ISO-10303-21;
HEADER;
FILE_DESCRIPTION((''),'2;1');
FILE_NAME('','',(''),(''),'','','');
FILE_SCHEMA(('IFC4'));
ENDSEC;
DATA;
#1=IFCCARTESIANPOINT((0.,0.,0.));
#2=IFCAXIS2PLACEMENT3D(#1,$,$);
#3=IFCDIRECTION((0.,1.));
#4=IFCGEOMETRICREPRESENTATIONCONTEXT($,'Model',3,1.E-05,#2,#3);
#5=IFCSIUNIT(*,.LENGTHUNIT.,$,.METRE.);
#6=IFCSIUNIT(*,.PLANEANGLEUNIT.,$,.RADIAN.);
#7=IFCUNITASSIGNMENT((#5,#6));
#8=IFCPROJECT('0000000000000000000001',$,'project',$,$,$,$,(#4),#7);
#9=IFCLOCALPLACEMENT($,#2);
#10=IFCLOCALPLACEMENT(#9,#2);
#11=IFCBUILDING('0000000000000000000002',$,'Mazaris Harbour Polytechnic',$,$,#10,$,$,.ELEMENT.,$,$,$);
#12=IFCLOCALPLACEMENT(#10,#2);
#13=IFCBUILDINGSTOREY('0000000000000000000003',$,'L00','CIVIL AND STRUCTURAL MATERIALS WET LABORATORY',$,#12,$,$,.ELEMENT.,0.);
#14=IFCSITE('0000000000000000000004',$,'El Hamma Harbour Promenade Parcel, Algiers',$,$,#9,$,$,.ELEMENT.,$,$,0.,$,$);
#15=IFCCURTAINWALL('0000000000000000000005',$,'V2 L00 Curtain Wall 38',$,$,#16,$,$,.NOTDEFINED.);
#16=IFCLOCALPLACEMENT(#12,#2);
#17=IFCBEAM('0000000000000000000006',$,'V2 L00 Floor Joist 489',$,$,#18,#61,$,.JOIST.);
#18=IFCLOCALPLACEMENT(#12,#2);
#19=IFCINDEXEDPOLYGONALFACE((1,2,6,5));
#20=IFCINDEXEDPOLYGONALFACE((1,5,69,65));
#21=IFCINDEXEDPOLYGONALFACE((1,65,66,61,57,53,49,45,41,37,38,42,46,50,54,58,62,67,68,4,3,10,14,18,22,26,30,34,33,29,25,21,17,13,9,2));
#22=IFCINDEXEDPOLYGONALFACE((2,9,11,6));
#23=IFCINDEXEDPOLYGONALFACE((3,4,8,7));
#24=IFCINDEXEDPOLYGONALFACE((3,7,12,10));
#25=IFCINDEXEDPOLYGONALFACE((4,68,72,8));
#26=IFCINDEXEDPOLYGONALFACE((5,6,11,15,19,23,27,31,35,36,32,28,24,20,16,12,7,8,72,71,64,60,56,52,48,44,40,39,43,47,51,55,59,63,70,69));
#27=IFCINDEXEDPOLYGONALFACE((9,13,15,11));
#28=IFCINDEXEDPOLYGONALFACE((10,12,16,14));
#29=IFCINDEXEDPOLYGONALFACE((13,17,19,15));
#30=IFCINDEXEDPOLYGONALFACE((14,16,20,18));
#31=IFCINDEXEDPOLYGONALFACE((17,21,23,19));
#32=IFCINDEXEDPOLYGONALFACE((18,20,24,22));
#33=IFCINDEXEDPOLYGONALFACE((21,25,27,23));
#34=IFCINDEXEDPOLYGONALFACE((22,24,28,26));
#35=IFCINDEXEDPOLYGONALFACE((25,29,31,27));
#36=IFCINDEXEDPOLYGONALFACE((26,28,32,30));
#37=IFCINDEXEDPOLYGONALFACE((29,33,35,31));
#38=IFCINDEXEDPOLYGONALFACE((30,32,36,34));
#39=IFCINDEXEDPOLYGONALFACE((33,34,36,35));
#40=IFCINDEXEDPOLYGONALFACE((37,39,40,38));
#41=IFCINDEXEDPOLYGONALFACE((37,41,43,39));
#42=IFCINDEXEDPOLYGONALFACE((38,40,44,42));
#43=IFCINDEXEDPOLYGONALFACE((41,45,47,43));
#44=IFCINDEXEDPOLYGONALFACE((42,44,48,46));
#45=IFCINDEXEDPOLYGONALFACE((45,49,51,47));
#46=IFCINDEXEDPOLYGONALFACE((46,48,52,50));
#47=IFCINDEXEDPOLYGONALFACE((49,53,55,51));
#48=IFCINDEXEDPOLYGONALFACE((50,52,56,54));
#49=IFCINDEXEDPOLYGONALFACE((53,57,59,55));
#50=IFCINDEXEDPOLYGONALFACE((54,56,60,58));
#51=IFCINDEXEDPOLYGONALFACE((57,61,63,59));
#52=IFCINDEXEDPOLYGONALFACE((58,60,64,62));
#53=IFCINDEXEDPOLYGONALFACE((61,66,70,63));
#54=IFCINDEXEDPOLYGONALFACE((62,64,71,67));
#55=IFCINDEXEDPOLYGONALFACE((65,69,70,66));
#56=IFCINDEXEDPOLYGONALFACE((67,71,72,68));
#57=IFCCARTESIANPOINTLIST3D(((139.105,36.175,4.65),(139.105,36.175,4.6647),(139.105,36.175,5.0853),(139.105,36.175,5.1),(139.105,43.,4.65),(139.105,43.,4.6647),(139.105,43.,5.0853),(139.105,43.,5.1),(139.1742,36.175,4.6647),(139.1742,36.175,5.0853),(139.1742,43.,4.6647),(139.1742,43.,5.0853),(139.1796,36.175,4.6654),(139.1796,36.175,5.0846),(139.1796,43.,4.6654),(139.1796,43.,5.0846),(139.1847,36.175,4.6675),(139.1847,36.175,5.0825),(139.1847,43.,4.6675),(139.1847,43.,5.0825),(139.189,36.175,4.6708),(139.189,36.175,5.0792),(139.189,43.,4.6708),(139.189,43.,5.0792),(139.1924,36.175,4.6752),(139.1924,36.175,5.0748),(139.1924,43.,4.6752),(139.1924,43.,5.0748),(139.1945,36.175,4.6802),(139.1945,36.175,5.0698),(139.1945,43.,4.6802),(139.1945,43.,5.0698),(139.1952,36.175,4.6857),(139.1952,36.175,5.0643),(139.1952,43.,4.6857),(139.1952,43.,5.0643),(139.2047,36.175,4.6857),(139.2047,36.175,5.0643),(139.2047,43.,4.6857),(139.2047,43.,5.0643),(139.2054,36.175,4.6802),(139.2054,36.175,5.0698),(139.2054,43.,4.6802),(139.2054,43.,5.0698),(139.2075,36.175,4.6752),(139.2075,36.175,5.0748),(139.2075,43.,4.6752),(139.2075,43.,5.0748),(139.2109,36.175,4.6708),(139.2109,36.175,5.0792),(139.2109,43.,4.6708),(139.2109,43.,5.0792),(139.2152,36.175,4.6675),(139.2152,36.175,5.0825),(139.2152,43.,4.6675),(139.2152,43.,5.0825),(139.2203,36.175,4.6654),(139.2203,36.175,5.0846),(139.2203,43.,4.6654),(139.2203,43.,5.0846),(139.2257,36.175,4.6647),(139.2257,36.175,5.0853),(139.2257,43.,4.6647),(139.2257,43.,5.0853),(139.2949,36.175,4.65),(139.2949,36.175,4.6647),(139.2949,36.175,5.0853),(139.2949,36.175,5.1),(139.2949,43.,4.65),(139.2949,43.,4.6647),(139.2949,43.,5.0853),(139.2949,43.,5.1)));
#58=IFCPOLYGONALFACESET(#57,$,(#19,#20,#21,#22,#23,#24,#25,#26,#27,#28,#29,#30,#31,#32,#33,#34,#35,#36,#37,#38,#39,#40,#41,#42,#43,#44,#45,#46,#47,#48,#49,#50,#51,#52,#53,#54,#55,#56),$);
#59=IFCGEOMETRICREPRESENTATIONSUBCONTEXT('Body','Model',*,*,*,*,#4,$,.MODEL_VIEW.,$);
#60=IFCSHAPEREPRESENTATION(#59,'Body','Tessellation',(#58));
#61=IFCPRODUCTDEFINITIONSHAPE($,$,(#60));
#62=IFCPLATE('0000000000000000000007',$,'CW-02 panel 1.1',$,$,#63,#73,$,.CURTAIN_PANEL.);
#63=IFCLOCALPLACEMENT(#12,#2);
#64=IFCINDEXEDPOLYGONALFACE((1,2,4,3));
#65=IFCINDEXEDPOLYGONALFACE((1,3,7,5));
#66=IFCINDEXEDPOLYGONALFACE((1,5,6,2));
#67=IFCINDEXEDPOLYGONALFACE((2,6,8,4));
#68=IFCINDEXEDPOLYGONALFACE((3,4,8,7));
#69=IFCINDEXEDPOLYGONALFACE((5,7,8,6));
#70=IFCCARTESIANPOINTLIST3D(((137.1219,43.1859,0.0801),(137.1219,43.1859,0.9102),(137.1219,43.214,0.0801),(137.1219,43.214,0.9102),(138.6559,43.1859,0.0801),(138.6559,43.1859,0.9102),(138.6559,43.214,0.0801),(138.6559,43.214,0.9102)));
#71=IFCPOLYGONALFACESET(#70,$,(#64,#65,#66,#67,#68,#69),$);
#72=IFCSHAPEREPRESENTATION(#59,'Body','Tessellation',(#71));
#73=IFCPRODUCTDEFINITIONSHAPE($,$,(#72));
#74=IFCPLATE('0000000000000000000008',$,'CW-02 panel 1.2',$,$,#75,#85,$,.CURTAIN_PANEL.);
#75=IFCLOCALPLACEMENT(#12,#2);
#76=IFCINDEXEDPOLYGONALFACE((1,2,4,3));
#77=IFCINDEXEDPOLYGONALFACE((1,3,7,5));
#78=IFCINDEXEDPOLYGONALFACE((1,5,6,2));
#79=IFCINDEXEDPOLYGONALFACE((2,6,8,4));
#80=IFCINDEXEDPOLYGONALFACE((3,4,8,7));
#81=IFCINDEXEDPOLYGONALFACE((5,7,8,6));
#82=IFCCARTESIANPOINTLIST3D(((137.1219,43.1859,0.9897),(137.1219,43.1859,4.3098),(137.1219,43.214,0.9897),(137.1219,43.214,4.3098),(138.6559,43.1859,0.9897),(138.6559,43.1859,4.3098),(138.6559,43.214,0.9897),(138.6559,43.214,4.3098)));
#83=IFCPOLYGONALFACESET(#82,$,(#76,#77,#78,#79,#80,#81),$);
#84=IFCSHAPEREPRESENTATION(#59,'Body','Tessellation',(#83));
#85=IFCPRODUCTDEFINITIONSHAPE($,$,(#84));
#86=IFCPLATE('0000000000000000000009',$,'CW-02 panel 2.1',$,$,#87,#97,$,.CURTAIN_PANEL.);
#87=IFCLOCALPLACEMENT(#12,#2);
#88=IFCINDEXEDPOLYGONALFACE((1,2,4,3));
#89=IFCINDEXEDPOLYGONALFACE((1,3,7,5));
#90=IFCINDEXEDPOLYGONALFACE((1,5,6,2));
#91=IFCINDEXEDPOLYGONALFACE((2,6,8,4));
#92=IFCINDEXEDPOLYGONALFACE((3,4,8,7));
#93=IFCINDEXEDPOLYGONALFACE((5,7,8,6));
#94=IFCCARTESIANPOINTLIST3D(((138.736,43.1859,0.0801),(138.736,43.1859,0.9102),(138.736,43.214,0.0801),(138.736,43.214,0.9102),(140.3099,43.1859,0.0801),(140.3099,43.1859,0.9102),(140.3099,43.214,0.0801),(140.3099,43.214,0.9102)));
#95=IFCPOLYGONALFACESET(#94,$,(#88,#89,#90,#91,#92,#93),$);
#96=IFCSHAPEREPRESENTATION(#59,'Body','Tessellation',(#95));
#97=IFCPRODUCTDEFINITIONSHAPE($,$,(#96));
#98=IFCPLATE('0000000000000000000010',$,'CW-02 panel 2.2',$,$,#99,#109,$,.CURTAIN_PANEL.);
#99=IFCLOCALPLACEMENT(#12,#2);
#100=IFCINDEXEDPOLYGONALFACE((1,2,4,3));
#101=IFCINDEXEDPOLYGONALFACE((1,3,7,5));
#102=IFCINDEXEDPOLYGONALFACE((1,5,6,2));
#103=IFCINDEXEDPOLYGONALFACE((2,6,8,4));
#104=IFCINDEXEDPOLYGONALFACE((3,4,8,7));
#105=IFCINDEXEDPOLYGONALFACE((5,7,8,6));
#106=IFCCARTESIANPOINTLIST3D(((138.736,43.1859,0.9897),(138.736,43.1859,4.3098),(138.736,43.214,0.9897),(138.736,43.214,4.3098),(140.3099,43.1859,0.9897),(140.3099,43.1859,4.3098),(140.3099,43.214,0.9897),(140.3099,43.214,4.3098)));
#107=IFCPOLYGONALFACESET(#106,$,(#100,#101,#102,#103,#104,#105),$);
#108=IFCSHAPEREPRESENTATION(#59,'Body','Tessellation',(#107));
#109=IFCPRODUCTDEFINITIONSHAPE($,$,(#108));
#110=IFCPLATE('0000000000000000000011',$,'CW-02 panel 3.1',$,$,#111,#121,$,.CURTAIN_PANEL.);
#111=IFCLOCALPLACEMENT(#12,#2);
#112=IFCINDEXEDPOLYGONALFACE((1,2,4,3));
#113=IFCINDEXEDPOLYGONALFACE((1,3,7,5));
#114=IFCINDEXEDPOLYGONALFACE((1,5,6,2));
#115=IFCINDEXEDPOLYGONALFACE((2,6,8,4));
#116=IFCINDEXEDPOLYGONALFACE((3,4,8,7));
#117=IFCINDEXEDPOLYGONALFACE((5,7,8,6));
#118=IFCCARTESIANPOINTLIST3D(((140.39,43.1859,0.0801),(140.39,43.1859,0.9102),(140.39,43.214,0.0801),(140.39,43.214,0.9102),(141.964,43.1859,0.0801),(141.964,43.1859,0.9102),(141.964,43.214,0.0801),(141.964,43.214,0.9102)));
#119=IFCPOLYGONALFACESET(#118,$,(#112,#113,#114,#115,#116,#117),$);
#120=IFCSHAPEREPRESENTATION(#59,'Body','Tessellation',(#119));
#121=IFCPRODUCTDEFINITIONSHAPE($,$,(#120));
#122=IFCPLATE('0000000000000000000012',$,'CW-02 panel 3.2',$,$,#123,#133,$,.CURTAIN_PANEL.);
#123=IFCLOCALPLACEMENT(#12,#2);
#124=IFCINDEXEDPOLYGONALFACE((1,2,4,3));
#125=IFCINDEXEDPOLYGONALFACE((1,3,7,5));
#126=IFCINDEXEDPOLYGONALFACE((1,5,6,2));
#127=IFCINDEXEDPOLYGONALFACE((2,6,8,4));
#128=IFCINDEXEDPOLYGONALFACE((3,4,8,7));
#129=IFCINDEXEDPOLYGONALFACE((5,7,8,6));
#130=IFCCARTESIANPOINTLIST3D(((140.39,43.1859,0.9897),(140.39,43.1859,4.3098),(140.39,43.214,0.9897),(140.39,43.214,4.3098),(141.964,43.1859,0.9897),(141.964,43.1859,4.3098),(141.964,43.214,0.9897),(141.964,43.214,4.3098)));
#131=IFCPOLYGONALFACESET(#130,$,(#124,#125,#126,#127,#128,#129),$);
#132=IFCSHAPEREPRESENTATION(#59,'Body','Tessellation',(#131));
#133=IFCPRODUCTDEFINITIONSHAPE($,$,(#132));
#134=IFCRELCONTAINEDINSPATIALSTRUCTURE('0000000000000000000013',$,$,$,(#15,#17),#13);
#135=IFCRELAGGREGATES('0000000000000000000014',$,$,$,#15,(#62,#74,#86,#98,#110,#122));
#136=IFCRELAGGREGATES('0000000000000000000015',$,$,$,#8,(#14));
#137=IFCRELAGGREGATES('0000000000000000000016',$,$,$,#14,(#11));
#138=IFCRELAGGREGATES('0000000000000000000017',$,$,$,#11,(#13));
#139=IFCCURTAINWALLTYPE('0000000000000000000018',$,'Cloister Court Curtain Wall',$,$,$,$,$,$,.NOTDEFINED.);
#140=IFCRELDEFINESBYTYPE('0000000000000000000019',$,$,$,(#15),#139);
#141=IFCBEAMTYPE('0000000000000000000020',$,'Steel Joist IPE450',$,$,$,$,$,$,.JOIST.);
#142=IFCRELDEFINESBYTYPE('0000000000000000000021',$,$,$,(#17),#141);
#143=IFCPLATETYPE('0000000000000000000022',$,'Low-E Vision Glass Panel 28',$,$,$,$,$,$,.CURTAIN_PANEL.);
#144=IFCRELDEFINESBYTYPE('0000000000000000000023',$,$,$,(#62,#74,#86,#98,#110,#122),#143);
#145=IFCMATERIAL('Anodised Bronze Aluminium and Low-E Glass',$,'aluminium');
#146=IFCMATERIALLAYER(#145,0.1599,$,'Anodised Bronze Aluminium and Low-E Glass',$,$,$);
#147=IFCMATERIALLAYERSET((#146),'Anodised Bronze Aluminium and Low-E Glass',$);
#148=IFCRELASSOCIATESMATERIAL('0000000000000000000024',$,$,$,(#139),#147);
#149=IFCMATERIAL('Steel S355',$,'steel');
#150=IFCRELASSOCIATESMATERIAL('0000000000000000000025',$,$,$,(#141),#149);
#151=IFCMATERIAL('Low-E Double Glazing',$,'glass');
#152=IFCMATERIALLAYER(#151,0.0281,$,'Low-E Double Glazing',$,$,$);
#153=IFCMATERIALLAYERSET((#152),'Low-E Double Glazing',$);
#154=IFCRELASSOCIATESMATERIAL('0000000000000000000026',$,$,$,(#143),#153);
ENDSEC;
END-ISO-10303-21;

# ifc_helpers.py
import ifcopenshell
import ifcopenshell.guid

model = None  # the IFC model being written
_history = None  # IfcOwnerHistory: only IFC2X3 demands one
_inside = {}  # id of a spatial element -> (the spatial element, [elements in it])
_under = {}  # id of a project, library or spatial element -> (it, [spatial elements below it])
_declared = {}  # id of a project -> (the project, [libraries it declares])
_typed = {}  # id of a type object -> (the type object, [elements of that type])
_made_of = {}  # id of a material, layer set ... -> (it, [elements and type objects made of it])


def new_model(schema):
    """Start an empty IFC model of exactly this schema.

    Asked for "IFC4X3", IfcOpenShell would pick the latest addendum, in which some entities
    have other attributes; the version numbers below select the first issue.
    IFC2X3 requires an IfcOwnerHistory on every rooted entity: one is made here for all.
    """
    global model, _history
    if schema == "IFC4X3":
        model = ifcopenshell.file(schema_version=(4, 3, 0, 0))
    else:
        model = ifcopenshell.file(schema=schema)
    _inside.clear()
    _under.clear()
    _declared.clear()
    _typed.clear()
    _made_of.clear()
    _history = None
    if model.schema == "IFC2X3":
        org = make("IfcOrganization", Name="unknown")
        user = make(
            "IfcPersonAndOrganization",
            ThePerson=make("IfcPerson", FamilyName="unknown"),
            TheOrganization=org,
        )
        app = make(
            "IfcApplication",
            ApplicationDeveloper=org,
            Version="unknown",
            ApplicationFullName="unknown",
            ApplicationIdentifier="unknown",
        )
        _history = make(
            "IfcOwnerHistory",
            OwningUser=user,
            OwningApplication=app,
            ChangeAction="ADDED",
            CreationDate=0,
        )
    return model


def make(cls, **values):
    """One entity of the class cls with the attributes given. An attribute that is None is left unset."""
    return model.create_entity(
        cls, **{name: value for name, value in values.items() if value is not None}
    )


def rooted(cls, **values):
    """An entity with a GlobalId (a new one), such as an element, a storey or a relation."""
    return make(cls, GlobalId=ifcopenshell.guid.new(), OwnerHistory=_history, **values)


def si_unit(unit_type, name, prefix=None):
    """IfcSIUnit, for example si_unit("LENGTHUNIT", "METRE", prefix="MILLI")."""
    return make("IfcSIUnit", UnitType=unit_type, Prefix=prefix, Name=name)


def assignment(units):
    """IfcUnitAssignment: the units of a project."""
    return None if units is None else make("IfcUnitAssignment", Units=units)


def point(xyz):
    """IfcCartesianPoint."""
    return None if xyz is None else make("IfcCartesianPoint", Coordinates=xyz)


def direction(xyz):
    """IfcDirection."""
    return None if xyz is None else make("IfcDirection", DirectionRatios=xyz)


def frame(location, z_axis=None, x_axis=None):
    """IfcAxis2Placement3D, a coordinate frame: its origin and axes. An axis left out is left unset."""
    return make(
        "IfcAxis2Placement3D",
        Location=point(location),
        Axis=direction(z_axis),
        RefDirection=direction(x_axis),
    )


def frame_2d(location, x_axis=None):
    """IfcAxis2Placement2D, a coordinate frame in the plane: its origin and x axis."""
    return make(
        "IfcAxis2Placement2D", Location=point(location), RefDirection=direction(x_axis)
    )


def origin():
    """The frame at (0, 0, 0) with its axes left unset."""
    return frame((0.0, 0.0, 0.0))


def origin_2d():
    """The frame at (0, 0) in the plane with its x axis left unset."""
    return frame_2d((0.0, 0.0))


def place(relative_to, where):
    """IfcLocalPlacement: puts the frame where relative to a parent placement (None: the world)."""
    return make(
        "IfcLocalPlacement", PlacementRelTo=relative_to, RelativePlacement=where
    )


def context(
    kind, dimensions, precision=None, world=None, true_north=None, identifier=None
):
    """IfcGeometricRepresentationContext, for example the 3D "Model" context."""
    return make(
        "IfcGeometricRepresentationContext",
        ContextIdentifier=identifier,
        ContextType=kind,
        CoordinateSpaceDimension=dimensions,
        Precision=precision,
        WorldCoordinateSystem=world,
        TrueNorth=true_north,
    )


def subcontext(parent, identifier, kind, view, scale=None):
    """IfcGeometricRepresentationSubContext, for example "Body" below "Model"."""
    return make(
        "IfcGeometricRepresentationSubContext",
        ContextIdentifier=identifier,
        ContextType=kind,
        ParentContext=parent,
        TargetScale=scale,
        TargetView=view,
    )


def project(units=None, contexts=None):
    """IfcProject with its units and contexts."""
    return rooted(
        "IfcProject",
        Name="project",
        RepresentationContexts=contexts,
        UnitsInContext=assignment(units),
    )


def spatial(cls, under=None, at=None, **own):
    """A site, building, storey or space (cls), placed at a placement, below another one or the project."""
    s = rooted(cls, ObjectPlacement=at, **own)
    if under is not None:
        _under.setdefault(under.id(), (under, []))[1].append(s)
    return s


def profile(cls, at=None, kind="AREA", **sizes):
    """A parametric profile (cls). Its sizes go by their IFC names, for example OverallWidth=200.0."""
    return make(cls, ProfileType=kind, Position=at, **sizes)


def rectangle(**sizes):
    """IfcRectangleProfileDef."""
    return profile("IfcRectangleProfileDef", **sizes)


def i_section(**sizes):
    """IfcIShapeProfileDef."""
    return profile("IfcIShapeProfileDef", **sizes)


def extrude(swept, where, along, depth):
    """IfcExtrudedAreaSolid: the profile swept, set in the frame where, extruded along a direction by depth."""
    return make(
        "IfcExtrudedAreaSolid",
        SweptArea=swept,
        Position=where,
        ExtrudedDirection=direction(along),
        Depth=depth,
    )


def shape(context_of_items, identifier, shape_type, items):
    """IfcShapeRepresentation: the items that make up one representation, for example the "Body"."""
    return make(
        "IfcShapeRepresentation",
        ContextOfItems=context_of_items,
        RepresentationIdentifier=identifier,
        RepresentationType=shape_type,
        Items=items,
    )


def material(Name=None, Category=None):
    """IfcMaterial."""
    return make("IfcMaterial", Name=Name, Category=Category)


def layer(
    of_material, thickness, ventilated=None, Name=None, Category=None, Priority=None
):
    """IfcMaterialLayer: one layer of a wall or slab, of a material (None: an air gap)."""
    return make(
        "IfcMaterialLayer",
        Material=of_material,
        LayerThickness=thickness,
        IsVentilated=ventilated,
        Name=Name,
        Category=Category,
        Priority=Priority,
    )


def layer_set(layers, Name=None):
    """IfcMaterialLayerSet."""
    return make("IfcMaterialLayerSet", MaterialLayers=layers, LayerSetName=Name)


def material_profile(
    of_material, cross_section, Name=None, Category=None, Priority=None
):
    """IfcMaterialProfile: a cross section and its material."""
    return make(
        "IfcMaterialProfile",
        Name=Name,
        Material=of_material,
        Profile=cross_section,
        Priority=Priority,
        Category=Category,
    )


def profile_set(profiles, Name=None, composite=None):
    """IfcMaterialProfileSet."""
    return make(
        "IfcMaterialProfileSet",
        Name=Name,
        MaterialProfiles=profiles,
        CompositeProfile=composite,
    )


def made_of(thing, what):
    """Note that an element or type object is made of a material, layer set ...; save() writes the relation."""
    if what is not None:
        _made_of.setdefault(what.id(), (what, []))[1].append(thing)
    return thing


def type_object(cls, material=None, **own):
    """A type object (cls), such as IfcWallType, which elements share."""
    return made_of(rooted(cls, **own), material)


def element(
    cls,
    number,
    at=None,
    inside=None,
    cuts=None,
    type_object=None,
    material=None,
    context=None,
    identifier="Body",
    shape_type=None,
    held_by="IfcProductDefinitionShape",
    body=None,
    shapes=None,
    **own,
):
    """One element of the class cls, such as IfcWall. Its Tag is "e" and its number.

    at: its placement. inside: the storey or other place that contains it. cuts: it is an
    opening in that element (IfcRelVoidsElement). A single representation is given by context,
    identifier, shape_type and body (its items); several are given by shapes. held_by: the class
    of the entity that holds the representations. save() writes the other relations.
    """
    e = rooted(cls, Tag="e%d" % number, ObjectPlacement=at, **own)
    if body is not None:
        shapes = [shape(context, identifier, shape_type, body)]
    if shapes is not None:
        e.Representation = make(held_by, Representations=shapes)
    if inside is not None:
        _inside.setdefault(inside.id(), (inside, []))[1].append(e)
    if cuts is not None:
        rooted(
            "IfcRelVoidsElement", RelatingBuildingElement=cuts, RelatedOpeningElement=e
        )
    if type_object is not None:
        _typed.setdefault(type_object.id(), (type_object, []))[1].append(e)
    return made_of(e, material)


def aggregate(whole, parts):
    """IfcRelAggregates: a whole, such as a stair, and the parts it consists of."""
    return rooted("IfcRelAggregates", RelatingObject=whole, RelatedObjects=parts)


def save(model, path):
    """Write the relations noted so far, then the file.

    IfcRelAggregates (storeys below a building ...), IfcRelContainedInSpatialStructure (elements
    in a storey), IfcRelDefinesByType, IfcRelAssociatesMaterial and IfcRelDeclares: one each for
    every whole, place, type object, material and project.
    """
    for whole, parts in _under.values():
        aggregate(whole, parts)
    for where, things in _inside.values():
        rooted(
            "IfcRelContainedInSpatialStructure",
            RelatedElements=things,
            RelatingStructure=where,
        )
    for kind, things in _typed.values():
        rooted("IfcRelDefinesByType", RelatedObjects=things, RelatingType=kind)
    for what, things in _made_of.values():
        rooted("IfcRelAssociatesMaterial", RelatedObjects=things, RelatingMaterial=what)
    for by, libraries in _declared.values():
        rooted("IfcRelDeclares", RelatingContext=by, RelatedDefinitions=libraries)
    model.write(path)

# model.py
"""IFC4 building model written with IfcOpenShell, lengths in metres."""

from ifc_helpers import new_model, si_unit, direction, frame, origin, origin_2d, place, context, subcontext, project, spatial, rectangle, i_section, extrude, material, layer, layer_set, material_profile, profile_set, type_object, element, aggregate, save


model = new_model("IFC4")

# Units and contexts
model_context = context("Model", 3, precision=1e-05, world=origin(), true_north=direction((0.0, 1.0)))
body_context = subcontext(model_context, "Body", "Model", "MODEL_VIEW")
ifc_project = project(units=[si_unit("LENGTHUNIT", "METRE"), si_unit("PLANEANGLEUNIT", "RADIAN")], contexts=[model_context])

# Site, building, storey
site_placement = place(None, origin())
site = spatial("IfcSite", under=ifc_project, at=site_placement, Name="El Hamma Harbour Promenade Parcel, Algiers", CompositionType="ELEMENT", RefElevation=0.0)
building_placement = place(site_placement, origin())
building = spatial("IfcBuilding", under=site, at=building_placement, Name="Mazaris Harbour Polytechnic", CompositionType="ELEMENT")
storey_placement = place(building_placement, origin())
storey = spatial("IfcBuildingStorey", under=building, at=storey_placement, Name="L00", Description="CIVIL AND STRUCTURAL MATERIALS WET LABORATORY", CompositionType="ELEMENT", Elevation=0.0)

# Curtain wall
ifc_material_1 = material(Name="Anodised Bronze Aluminium and Low-E Glass", Category="aluminium")
ifc_layer_1 = layer(ifc_material_1, 0.1599, Name="Anodised Bronze Aluminium and Low-E Glass")
ifc_layer_set_1 = layer_set([ifc_layer_1], Name="Anodised Bronze Aluminium and Low-E Glass")
curtain_wall_type = type_object("IfcCurtainWallType", Name="Cloister Court Curtain Wall", PredefinedType="NOTDEFINED", material=ifc_layer_set_1)
curtain_wall_placement = place(storey_placement, origin())
curtain_wall = element("IfcCurtainWall", 1, at=curtain_wall_placement, inside=storey, type_object=curtain_wall_type, Name="V2 L00 Curtain Wall 38", PredefinedType="NOTDEFINED")

# Beam
ifc_material_2 = material(Name="Steel S355", Category="steel")
ifc_material_profile_1 = material_profile(ifc_material_2, i_section(OverallWidth=0.1899, OverallDepth=0.45, WebThickness=0.0095, FlangeThickness=0.0146, FilletRadius=0.021, at=origin_2d()), Name="IPE 450")
ifc_profile_set_1 = profile_set([ifc_material_profile_1], Name="Steel S355")
beam_type_1 = type_object("IfcBeamType", Name="Steel Joist IPE450", PredefinedType="JOIST", material=ifc_profile_set_1)
beam_1_placement = place(storey_placement, frame((139.2, 36.175, 4.875), z_axis=(0.0, 1.0, 0.0), x_axis=(-1.0, 0.0, 0.0)))
element("IfcBeam", 2, at=beam_1_placement, inside=storey, type_object=beam_type_1, Name="V2 L00 Floor Joist 489", PredefinedType="JOIST", context=body_context, shape_type="SweptSolid", body=[
    extrude(i_section(OverallWidth=0.1899, OverallDepth=0.45, WebThickness=0.0095, FlangeThickness=0.0146, FilletRadius=0.021, at=origin_2d()), origin(), (0.0, 0.0, 1.0), 6.825),
])

# Plates
ifc_material_3 = material(Name="Low-E Double Glazing", Category="glass")
ifc_layer_2 = layer(ifc_material_3, 0.0281, Name="Low-E Double Glazing")
ifc_layer_set_2 = layer_set([ifc_layer_2], Name="Low-E Double Glazing")
plate_type = type_object("IfcPlateType", Name="Low-E Vision Glass Panel 28", PredefinedType="CURTAIN_PANEL", material=ifc_layer_set_2)
plate_1_placement = place(storey_placement, frame((137.8889, 43.2, 0.0801), z_axis=(0.0, 0.0, 1.0), x_axis=(1.0, 0.0, 0.0)))
plate_1 = element("IfcPlate", 3, at=plate_1_placement, type_object=plate_type, Name="CW-02 panel 1.1", PredefinedType="CURTAIN_PANEL", context=body_context, shape_type="SweptSolid", body=[
    extrude(rectangle(XDim=1.5339, YDim=0.0281, at=origin_2d()), origin(), (0.0, 0.0, 1.0), 0.8301),
])
plate_2_placement = place(storey_placement, frame((137.8889, 43.2, 0.9897), z_axis=(0.0, 0.0, 1.0), x_axis=(1.0, 0.0, 0.0)))
plate_2 = element("IfcPlate", 4, at=plate_2_placement, type_object=plate_type, Name="CW-02 panel 1.2", PredefinedType="CURTAIN_PANEL", context=body_context, shape_type="SweptSolid", body=[
    extrude(rectangle(XDim=1.5339, YDim=0.0281, at=origin_2d()), origin(), (0.0, 0.0, 1.0), 3.3201),
])
plate_3_placement = place(storey_placement, frame((139.5229, 43.2, 0.0801), z_axis=(0.0, 0.0, 1.0), x_axis=(1.0, 0.0, 0.0)))
plate_3 = element("IfcPlate", 5, at=plate_3_placement, type_object=plate_type, Name="CW-02 panel 2.1", PredefinedType="CURTAIN_PANEL", context=body_context, shape_type="SweptSolid", body=[
    extrude(rectangle(XDim=1.574, YDim=0.0281, at=origin_2d()), origin(), (0.0, 0.0, 1.0), 0.8301),
])
plate_4_placement = place(storey_placement, frame((139.5229, 43.2, 0.9897), z_axis=(0.0, 0.0, 1.0), x_axis=(1.0, 0.0, 0.0)))
plate_4 = element("IfcPlate", 6, at=plate_4_placement, type_object=plate_type, Name="CW-02 panel 2.2", PredefinedType="CURTAIN_PANEL", context=body_context, shape_type="SweptSolid", body=[
    extrude(rectangle(XDim=1.574, YDim=0.0281, at=origin_2d()), origin(), (0.0, 0.0, 1.0), 3.3201),
])
plate_5_placement = place(storey_placement, frame((141.177, 43.2, 0.0801), z_axis=(0.0, 0.0, 1.0), x_axis=(1.0, 0.0, 0.0)))
plate_5 = element("IfcPlate", 7, at=plate_5_placement, type_object=plate_type, Name="CW-02 panel 3.1", PredefinedType="CURTAIN_PANEL", context=body_context, shape_type="SweptSolid", body=[
    extrude(rectangle(XDim=1.574, YDim=0.0281, at=origin_2d()), origin(), (0.0, 0.0, 1.0), 0.8301),
])
plate_6_placement = place(storey_placement, frame((141.177, 43.2, 0.9897), z_axis=(0.0, 0.0, 1.0), x_axis=(1.0, 0.0, 0.0)))
plate_6 = element("IfcPlate", 8, at=plate_6_placement, type_object=plate_type, Name="CW-02 panel 3.2", PredefinedType="CURTAIN_PANEL", context=body_context, shape_type="SweptSolid", body=[
    extrude(rectangle(XDim=1.574, YDim=0.0281, at=origin_2d()), origin(), (0.0, 0.0, 1.0), 3.3201),
])
aggregate(curtain_wall, [plate_1, plate_2, plate_3, plate_4, plate_5, plate_6])

save(model, "model.ifc")
